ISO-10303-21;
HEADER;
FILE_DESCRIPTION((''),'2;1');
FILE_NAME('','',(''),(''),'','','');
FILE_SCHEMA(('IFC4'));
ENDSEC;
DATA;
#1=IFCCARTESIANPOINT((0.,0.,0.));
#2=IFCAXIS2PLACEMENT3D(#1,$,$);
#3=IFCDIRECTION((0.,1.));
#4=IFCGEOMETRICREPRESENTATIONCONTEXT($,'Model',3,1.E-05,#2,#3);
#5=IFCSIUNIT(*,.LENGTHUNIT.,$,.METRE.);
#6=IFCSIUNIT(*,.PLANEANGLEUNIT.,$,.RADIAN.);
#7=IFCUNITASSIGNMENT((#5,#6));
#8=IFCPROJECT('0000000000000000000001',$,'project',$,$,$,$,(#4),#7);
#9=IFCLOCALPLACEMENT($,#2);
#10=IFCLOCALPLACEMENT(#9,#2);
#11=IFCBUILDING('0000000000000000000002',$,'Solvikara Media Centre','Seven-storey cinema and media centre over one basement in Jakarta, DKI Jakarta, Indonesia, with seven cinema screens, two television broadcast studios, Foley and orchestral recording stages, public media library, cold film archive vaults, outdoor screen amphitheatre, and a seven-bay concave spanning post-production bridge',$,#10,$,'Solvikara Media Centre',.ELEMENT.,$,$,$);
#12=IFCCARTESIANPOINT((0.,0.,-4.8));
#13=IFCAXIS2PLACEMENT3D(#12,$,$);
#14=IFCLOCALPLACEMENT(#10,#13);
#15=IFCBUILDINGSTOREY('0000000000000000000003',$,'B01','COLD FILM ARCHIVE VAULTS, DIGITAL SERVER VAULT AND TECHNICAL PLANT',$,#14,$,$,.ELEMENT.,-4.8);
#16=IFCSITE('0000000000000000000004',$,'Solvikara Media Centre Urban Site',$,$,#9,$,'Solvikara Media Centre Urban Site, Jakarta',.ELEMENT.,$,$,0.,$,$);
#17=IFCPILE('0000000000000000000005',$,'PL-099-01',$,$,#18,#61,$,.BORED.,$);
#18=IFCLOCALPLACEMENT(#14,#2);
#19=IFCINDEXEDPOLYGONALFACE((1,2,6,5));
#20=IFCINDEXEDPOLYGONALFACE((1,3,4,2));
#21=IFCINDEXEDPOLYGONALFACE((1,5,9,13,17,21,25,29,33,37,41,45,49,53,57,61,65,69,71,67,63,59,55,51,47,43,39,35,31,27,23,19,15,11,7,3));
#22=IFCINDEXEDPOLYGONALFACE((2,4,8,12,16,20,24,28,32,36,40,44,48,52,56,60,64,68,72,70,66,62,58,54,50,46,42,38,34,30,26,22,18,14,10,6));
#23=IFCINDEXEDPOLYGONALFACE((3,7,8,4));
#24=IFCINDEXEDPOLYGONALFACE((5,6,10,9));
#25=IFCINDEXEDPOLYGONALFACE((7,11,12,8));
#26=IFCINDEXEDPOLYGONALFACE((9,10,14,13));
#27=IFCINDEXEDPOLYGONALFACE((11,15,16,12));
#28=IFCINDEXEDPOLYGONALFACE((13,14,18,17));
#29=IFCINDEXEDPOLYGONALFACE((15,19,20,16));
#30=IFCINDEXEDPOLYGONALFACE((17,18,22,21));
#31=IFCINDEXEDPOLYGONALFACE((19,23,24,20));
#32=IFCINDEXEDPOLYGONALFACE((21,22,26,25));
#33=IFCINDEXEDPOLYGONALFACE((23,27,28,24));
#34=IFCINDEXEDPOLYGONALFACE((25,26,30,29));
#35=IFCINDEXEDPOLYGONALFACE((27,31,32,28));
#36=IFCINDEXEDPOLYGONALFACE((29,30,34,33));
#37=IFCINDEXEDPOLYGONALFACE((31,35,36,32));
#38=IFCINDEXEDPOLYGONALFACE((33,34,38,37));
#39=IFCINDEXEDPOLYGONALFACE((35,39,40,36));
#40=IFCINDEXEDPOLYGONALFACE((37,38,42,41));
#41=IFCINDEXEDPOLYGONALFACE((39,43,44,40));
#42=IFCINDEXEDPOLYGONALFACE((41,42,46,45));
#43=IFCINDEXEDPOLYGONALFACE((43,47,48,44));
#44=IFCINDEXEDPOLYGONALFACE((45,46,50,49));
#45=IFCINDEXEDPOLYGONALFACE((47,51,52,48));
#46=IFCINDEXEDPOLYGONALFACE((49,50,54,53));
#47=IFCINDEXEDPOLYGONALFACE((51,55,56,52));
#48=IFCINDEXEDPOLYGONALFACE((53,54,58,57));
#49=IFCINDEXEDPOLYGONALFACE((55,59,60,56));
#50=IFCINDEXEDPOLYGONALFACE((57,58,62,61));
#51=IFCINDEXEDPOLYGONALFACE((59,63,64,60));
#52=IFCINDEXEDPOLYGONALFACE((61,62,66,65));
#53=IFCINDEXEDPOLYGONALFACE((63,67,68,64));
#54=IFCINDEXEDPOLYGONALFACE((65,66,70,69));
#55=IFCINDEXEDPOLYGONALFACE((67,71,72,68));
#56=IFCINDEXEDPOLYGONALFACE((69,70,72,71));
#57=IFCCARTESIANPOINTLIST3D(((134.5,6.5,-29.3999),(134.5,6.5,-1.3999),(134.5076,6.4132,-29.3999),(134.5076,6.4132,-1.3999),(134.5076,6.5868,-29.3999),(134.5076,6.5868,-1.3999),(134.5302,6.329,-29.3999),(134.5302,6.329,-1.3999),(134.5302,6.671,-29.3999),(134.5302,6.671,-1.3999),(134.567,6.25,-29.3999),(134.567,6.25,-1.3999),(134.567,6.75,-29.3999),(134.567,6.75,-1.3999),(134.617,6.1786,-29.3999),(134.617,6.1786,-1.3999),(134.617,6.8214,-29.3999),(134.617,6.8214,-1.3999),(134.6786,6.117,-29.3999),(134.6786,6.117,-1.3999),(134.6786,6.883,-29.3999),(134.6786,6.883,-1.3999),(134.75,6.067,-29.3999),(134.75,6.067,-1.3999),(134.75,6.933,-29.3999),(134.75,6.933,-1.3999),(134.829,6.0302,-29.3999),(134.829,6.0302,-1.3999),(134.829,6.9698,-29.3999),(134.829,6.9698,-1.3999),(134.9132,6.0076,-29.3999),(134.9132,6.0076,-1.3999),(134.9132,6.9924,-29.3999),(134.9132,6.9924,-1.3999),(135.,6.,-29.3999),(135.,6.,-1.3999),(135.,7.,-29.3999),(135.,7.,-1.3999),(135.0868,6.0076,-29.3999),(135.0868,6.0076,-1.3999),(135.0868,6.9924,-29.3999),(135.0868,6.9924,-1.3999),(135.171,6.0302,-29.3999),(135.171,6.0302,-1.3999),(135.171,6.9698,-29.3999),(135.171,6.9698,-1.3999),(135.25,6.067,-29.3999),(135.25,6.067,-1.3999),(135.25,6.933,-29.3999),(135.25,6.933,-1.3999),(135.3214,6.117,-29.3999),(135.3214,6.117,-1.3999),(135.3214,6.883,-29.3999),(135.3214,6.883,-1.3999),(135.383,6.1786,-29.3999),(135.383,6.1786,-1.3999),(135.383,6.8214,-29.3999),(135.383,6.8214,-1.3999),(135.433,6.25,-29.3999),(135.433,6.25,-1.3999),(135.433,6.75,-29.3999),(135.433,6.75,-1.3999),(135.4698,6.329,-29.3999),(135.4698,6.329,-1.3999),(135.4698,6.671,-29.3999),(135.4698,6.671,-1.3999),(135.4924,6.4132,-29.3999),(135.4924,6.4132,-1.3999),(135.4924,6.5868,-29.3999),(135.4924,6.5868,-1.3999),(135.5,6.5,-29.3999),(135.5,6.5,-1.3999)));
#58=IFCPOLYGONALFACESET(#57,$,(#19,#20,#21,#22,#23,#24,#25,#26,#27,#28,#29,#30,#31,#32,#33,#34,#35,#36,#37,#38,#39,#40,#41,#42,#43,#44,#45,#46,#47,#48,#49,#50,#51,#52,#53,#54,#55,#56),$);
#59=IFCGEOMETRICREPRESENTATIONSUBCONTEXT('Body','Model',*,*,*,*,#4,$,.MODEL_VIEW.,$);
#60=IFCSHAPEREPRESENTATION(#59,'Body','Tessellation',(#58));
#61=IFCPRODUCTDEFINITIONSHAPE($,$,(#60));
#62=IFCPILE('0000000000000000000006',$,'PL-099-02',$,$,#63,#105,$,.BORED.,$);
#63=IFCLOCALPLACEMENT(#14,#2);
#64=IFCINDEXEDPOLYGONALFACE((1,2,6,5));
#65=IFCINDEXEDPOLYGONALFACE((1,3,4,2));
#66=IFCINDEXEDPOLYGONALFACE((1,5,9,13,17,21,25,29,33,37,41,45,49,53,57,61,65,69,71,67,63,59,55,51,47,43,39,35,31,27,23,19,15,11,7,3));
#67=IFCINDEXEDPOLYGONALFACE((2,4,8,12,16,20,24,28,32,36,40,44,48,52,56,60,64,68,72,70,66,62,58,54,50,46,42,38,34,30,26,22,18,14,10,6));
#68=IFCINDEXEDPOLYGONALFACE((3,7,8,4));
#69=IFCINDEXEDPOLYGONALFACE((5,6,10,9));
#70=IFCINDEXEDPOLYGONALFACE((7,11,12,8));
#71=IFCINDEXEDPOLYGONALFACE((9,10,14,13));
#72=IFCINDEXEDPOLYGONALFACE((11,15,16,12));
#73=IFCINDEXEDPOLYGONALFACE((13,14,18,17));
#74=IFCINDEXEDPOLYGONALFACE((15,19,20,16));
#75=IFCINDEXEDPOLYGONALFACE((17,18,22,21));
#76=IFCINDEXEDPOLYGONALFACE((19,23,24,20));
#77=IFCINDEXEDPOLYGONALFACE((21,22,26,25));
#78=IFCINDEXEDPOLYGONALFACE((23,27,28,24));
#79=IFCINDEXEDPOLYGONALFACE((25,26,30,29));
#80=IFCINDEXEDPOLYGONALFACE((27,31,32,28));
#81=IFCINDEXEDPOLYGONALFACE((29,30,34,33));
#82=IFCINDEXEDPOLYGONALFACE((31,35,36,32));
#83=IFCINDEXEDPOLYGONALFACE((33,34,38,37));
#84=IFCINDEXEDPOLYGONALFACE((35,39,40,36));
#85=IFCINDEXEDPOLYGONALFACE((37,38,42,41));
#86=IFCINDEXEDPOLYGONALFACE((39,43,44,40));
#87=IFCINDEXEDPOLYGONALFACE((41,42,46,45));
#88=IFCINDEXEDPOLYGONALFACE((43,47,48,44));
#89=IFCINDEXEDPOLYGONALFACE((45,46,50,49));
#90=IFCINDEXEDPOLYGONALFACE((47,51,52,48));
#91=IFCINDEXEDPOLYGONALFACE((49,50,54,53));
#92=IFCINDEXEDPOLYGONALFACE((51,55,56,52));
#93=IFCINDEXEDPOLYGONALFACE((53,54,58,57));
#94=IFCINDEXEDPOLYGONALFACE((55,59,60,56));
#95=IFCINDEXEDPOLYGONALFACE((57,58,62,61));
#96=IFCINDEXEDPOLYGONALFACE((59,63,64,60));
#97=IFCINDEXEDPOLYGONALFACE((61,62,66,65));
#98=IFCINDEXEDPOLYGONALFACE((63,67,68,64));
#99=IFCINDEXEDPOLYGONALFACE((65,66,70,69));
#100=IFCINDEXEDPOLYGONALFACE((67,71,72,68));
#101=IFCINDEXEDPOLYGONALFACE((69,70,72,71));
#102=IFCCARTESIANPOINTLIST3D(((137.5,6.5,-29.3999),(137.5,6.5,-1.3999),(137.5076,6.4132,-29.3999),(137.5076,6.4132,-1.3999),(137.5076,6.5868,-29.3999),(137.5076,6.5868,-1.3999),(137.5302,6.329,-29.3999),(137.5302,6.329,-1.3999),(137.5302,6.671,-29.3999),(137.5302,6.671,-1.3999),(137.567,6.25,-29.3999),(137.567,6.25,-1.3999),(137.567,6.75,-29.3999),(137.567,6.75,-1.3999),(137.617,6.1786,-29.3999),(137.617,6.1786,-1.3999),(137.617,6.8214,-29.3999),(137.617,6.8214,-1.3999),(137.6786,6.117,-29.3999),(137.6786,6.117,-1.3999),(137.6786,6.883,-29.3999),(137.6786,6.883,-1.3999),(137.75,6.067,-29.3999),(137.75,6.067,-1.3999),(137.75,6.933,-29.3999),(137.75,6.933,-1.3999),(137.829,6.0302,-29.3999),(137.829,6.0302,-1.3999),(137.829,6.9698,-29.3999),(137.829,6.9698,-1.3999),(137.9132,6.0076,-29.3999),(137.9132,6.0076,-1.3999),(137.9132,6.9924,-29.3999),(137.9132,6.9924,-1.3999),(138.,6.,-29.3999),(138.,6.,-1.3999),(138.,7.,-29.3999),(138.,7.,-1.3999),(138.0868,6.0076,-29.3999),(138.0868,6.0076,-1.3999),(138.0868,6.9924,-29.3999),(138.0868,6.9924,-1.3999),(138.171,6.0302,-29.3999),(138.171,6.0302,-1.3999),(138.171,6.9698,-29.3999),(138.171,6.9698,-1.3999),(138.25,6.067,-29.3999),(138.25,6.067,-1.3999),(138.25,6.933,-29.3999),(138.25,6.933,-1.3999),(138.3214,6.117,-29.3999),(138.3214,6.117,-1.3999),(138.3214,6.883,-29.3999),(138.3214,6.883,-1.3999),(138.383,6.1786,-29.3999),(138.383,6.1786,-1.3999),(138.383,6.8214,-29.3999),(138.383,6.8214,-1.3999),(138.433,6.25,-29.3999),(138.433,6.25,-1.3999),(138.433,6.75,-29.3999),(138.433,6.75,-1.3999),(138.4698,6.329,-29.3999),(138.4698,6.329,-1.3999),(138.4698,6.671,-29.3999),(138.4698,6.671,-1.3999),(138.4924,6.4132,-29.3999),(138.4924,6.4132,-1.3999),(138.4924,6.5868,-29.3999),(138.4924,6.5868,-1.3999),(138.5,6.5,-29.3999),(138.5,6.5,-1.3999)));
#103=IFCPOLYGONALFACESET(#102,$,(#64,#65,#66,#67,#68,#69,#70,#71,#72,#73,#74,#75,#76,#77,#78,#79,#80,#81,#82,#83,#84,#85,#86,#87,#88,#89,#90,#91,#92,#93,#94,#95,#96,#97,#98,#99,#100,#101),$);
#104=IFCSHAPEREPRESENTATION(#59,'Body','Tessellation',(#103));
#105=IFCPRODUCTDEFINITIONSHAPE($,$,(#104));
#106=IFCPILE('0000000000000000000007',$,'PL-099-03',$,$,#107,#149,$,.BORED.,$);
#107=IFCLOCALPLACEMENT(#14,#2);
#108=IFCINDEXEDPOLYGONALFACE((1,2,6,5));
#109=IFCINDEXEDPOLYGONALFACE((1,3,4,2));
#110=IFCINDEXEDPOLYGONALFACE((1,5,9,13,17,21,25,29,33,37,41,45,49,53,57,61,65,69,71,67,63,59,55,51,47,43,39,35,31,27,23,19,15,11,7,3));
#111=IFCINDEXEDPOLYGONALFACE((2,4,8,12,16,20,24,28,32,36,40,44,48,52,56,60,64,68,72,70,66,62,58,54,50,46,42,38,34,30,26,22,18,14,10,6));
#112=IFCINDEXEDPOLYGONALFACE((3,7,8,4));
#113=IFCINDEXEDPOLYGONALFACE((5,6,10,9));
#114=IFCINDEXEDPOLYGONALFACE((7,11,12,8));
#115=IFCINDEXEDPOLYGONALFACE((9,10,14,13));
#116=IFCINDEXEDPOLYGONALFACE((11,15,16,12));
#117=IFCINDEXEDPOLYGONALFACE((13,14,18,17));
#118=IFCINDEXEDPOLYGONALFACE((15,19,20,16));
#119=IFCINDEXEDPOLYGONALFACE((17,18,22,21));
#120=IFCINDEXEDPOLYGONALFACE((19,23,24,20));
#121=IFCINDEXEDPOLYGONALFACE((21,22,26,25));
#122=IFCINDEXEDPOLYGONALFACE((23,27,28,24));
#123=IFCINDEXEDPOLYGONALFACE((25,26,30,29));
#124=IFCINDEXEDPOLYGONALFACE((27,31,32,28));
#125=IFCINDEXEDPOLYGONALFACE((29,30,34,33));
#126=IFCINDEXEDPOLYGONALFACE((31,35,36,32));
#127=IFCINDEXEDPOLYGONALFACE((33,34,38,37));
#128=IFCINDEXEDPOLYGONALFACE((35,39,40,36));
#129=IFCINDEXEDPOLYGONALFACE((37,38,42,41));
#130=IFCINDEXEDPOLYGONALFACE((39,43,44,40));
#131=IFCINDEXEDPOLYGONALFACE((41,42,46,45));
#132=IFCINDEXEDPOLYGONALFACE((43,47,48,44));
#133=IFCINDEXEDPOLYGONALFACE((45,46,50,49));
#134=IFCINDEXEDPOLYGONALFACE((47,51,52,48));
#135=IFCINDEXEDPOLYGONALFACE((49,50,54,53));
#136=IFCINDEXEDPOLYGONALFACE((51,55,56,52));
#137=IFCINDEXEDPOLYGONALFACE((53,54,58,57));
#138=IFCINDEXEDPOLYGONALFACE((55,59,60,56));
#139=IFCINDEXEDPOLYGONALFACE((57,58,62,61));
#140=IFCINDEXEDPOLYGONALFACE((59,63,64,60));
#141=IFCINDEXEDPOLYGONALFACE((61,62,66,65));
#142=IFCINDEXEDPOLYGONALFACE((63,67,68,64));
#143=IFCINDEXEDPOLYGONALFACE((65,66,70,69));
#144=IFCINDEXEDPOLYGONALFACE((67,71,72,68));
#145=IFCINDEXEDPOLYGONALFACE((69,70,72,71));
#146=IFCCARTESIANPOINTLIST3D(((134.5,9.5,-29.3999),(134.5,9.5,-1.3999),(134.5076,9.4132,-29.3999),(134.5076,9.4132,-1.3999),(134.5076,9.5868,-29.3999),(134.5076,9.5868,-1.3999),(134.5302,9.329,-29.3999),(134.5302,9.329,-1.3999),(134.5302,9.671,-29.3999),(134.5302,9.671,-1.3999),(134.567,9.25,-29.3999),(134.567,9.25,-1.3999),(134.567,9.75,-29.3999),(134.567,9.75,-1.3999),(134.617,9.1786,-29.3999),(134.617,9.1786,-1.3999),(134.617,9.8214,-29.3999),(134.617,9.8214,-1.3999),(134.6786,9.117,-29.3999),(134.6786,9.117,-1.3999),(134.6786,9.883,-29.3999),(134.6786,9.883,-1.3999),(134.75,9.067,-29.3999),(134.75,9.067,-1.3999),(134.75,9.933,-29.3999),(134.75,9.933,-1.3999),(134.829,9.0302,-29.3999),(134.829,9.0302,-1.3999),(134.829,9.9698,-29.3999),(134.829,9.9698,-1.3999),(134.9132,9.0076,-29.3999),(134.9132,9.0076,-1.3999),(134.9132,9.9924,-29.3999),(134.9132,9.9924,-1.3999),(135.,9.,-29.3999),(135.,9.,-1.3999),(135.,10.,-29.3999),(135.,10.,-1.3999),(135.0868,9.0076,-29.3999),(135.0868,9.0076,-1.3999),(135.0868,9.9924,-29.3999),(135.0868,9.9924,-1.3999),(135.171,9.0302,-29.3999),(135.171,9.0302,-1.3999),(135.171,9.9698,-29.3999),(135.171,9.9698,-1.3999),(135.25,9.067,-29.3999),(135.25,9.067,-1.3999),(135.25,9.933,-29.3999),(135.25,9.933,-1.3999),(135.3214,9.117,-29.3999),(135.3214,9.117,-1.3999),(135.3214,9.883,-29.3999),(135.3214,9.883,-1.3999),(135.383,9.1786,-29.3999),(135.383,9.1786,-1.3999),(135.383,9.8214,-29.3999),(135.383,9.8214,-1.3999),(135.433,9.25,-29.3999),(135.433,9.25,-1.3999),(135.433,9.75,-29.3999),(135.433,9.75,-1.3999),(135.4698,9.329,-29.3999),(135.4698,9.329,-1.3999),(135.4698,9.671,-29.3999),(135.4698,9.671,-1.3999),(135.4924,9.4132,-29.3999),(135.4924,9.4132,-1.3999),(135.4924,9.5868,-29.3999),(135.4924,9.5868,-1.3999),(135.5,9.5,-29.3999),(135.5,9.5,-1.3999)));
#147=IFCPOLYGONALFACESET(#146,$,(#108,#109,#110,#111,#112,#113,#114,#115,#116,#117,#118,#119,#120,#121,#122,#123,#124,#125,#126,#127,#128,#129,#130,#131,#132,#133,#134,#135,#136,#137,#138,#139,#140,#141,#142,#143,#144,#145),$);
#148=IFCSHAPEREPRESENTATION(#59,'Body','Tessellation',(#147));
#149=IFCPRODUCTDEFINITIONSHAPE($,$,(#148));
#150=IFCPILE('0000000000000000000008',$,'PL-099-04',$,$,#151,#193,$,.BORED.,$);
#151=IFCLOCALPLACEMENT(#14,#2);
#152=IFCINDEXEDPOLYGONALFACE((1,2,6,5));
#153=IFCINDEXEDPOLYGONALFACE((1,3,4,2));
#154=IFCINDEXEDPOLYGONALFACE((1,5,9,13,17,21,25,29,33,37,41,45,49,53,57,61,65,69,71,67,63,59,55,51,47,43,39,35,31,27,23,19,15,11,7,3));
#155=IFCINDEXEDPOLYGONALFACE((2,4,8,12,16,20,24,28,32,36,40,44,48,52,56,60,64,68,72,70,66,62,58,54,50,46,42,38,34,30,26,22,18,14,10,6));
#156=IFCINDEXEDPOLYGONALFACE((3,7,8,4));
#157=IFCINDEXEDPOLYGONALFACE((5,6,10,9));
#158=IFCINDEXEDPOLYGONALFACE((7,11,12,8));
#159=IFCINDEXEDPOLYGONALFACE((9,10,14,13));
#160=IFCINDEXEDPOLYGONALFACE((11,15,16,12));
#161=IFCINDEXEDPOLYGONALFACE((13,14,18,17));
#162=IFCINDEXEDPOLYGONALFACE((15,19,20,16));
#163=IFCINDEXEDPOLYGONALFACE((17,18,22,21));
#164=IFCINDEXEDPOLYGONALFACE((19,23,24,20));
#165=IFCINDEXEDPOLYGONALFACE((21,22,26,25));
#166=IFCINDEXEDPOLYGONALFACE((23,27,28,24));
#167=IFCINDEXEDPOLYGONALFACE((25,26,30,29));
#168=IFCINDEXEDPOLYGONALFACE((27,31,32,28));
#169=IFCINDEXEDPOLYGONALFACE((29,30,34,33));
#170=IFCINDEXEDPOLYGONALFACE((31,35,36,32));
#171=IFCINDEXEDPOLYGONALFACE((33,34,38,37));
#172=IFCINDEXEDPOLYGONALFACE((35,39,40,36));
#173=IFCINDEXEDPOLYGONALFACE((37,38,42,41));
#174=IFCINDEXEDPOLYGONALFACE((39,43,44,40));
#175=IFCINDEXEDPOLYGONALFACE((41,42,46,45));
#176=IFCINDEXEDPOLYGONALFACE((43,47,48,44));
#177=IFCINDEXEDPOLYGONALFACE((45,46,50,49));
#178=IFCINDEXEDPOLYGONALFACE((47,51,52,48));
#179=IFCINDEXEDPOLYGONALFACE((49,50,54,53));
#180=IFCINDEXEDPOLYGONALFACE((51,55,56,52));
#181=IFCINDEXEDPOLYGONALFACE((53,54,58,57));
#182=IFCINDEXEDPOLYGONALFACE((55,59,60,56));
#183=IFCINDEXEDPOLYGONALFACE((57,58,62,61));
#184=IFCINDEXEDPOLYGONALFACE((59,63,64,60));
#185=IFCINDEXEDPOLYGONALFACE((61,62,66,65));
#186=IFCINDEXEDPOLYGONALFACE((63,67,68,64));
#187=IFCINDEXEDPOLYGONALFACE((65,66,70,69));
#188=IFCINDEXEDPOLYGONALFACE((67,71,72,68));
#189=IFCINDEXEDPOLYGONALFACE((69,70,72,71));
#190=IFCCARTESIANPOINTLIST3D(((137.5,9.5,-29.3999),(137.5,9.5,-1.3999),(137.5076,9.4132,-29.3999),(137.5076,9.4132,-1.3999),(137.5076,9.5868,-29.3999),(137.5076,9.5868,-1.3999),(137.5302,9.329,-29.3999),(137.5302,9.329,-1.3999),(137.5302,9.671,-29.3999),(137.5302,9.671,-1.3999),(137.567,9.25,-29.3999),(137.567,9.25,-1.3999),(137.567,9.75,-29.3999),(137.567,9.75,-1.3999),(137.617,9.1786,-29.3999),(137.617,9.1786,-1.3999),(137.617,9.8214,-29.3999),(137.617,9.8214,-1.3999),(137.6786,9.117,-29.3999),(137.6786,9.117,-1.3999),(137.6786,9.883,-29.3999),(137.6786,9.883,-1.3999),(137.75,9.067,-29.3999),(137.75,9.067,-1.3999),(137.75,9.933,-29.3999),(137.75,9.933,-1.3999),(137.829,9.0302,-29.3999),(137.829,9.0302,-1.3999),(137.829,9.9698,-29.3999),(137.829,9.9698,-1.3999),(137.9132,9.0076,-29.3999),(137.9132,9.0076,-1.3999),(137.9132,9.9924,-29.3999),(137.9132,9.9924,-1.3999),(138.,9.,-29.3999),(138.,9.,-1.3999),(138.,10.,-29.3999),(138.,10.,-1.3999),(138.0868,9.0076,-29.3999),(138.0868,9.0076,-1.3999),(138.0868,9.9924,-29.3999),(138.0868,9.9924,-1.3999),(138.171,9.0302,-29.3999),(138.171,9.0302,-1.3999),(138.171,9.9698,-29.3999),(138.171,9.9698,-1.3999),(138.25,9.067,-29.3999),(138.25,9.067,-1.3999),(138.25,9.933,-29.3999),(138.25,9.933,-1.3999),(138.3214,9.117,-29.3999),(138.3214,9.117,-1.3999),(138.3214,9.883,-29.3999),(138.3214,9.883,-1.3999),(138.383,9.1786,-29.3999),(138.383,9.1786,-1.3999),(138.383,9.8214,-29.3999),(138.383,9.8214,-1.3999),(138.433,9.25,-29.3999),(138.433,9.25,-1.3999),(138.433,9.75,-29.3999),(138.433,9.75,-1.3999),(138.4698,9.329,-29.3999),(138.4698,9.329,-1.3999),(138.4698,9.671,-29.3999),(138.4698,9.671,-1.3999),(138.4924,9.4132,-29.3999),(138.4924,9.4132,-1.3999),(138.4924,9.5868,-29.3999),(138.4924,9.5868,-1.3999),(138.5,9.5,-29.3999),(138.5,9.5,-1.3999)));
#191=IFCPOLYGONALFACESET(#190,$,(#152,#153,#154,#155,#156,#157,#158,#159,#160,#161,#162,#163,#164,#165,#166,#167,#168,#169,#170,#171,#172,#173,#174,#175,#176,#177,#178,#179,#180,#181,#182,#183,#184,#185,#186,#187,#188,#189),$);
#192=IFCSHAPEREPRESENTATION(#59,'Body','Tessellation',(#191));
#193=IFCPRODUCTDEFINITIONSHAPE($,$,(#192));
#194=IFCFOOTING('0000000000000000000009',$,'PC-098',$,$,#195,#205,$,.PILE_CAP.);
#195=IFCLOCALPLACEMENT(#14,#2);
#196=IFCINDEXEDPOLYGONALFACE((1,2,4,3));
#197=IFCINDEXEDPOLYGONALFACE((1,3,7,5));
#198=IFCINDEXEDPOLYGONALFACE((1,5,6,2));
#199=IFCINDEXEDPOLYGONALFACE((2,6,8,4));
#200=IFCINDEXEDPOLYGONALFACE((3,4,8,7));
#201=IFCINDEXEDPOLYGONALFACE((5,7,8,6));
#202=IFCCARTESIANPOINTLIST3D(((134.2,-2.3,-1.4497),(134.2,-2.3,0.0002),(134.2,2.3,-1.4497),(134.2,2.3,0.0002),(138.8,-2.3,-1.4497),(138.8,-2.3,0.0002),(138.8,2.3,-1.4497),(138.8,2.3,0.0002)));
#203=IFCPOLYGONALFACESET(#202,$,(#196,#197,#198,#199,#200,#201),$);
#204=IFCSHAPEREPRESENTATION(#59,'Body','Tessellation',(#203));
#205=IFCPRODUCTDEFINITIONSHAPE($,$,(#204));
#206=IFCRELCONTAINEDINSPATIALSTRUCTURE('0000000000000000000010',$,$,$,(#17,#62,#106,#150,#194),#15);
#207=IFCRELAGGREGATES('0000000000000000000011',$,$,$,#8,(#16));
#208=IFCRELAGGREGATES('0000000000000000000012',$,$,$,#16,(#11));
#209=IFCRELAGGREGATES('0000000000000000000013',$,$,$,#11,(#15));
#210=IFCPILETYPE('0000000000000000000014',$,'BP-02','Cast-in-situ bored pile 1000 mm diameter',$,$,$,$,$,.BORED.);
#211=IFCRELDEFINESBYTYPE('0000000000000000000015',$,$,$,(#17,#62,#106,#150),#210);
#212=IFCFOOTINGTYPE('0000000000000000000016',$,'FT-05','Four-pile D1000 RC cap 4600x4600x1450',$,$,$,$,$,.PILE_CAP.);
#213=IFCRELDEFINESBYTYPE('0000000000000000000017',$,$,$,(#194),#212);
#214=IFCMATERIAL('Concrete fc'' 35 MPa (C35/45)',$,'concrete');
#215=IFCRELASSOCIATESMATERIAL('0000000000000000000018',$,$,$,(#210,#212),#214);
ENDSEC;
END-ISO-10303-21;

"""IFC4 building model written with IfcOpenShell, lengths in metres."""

from ifc_helpers import new_model, si_unit, direction, frame, origin, origin_2d, place, context, subcontext, project, spatial, rectangle, circle, extrude, material, material_profile, profile_set, type_object, element, save


model = new_model("IFC4")

# Units and contexts
model_context = context("Model", 3, precision=1e-05, world=origin(), true_north=direction((0.0, 1.0)))
body_context = subcontext(model_context, "Body", "Model", "MODEL_VIEW")
ifc_project = project(units=[si_unit("LENGTHUNIT", "METRE"), si_unit("PLANEANGLEUNIT", "RADIAN")], contexts=[model_context])

# Site, building, storey
site_placement = place(None, origin())
site = spatial("IfcSite", under=ifc_project, at=site_placement, Name="Solvikara Media Centre Urban Site", LongName="Solvikara Media Centre Urban Site, Jakarta", CompositionType="ELEMENT", RefElevation=0.0)
building_placement = place(site_placement, origin())
building = spatial("IfcBuilding", under=site, at=building_placement, Name="Solvikara Media Centre", Description="Seven-storey cinema and media centre over one basement in Jakarta, DKI Jakarta, Indonesia, with seven cinema screens, two television broadcast studios, Foley and orchestral recording stages, public media library, cold film archive vaults, outdoor screen amphitheatre, and a seven-bay concave spanning post-production bridge", LongName="Solvikara Media Centre", CompositionType="ELEMENT")
storey_placement = place(building_placement, frame((0.0, 0.0, -4.8)))
storey = spatial("IfcBuildingStorey", under=building, at=storey_placement, Name="B01", Description="COLD FILM ARCHIVE VAULTS, DIGITAL SERVER VAULT AND TECHNICAL PLANT", CompositionType="ELEMENT", Elevation=-4.8)

# Piles
ifc_material_1 = material(Name="Concrete fc' 35 MPa (C35/45)", Category="concrete")
ifc_material_profile_1 = material_profile(ifc_material_1, circle(Radius=0.5, at=origin_2d()), Name="BORED PILE D1000")
ifc_profile_set_1 = profile_set([ifc_material_profile_1], Name="Concrete fc' 35 MPa (C35/45)")
pile_type = type_object("IfcPileType", Name="BP-02", Description="Cast-in-situ bored pile 1000 mm diameter", PredefinedType="BORED", material=ifc_profile_set_1)
for number, where, z_axis, x_axis, name in (
    (1, (135.0, 6.5, -1.3999), (0.0, 0.0, -1.0), (1.0, 0.0, 0.0), "PL-099-01"),
    (2, (138.0, 6.5, -1.3999), (0.0, 0.0, -1.0), (1.0, 0.0, 0.0), "PL-099-02"),
    (3, (135.0, 9.5, -1.3999), (0.0, 0.0, -1.0), (1.0, 0.0, 0.0), "PL-099-03"),
    (4, (138.0, 9.5, -1.3999), (0.0, 0.0, -1.0), (1.0, 0.0, 0.0), "PL-099-04"),
):
    element("IfcPile", number, at=place(storey_placement, frame(where, z_axis=z_axis, x_axis=x_axis)), inside=storey, type_object=pile_type, Name=name, PredefinedType="BORED", context=body_context, shape_type="SweptSolid", body=[
        extrude(circle(Radius=0.5, at=origin_2d()), origin(), (0.0, 0.0, 1.0), 28.0),
    ])

# Footing
footing_type_1 = type_object("IfcFootingType", Name="FT-05", Description="Four-pile D1000 RC cap 4600x4600x1450", PredefinedType="PILE_CAP", material=ifc_material_1)
footing_1_placement = place(storey_placement, frame((136.5, 0.0, -1.4497), z_axis=(0.0, 0.0, 1.0), x_axis=(1.0, 0.0, 0.0)))
element("IfcFooting", 5, at=footing_1_placement, inside=storey, type_object=footing_type_1, Name="PC-098", PredefinedType="PILE_CAP", context=body_context, shape_type="SweptSolid", body=[
    extrude(rectangle(XDim=4.6001, YDim=4.6001, at=origin_2d()), origin(), (0.0, 0.0, 1.0), 1.45),
])

save(model, "model.ifc")
